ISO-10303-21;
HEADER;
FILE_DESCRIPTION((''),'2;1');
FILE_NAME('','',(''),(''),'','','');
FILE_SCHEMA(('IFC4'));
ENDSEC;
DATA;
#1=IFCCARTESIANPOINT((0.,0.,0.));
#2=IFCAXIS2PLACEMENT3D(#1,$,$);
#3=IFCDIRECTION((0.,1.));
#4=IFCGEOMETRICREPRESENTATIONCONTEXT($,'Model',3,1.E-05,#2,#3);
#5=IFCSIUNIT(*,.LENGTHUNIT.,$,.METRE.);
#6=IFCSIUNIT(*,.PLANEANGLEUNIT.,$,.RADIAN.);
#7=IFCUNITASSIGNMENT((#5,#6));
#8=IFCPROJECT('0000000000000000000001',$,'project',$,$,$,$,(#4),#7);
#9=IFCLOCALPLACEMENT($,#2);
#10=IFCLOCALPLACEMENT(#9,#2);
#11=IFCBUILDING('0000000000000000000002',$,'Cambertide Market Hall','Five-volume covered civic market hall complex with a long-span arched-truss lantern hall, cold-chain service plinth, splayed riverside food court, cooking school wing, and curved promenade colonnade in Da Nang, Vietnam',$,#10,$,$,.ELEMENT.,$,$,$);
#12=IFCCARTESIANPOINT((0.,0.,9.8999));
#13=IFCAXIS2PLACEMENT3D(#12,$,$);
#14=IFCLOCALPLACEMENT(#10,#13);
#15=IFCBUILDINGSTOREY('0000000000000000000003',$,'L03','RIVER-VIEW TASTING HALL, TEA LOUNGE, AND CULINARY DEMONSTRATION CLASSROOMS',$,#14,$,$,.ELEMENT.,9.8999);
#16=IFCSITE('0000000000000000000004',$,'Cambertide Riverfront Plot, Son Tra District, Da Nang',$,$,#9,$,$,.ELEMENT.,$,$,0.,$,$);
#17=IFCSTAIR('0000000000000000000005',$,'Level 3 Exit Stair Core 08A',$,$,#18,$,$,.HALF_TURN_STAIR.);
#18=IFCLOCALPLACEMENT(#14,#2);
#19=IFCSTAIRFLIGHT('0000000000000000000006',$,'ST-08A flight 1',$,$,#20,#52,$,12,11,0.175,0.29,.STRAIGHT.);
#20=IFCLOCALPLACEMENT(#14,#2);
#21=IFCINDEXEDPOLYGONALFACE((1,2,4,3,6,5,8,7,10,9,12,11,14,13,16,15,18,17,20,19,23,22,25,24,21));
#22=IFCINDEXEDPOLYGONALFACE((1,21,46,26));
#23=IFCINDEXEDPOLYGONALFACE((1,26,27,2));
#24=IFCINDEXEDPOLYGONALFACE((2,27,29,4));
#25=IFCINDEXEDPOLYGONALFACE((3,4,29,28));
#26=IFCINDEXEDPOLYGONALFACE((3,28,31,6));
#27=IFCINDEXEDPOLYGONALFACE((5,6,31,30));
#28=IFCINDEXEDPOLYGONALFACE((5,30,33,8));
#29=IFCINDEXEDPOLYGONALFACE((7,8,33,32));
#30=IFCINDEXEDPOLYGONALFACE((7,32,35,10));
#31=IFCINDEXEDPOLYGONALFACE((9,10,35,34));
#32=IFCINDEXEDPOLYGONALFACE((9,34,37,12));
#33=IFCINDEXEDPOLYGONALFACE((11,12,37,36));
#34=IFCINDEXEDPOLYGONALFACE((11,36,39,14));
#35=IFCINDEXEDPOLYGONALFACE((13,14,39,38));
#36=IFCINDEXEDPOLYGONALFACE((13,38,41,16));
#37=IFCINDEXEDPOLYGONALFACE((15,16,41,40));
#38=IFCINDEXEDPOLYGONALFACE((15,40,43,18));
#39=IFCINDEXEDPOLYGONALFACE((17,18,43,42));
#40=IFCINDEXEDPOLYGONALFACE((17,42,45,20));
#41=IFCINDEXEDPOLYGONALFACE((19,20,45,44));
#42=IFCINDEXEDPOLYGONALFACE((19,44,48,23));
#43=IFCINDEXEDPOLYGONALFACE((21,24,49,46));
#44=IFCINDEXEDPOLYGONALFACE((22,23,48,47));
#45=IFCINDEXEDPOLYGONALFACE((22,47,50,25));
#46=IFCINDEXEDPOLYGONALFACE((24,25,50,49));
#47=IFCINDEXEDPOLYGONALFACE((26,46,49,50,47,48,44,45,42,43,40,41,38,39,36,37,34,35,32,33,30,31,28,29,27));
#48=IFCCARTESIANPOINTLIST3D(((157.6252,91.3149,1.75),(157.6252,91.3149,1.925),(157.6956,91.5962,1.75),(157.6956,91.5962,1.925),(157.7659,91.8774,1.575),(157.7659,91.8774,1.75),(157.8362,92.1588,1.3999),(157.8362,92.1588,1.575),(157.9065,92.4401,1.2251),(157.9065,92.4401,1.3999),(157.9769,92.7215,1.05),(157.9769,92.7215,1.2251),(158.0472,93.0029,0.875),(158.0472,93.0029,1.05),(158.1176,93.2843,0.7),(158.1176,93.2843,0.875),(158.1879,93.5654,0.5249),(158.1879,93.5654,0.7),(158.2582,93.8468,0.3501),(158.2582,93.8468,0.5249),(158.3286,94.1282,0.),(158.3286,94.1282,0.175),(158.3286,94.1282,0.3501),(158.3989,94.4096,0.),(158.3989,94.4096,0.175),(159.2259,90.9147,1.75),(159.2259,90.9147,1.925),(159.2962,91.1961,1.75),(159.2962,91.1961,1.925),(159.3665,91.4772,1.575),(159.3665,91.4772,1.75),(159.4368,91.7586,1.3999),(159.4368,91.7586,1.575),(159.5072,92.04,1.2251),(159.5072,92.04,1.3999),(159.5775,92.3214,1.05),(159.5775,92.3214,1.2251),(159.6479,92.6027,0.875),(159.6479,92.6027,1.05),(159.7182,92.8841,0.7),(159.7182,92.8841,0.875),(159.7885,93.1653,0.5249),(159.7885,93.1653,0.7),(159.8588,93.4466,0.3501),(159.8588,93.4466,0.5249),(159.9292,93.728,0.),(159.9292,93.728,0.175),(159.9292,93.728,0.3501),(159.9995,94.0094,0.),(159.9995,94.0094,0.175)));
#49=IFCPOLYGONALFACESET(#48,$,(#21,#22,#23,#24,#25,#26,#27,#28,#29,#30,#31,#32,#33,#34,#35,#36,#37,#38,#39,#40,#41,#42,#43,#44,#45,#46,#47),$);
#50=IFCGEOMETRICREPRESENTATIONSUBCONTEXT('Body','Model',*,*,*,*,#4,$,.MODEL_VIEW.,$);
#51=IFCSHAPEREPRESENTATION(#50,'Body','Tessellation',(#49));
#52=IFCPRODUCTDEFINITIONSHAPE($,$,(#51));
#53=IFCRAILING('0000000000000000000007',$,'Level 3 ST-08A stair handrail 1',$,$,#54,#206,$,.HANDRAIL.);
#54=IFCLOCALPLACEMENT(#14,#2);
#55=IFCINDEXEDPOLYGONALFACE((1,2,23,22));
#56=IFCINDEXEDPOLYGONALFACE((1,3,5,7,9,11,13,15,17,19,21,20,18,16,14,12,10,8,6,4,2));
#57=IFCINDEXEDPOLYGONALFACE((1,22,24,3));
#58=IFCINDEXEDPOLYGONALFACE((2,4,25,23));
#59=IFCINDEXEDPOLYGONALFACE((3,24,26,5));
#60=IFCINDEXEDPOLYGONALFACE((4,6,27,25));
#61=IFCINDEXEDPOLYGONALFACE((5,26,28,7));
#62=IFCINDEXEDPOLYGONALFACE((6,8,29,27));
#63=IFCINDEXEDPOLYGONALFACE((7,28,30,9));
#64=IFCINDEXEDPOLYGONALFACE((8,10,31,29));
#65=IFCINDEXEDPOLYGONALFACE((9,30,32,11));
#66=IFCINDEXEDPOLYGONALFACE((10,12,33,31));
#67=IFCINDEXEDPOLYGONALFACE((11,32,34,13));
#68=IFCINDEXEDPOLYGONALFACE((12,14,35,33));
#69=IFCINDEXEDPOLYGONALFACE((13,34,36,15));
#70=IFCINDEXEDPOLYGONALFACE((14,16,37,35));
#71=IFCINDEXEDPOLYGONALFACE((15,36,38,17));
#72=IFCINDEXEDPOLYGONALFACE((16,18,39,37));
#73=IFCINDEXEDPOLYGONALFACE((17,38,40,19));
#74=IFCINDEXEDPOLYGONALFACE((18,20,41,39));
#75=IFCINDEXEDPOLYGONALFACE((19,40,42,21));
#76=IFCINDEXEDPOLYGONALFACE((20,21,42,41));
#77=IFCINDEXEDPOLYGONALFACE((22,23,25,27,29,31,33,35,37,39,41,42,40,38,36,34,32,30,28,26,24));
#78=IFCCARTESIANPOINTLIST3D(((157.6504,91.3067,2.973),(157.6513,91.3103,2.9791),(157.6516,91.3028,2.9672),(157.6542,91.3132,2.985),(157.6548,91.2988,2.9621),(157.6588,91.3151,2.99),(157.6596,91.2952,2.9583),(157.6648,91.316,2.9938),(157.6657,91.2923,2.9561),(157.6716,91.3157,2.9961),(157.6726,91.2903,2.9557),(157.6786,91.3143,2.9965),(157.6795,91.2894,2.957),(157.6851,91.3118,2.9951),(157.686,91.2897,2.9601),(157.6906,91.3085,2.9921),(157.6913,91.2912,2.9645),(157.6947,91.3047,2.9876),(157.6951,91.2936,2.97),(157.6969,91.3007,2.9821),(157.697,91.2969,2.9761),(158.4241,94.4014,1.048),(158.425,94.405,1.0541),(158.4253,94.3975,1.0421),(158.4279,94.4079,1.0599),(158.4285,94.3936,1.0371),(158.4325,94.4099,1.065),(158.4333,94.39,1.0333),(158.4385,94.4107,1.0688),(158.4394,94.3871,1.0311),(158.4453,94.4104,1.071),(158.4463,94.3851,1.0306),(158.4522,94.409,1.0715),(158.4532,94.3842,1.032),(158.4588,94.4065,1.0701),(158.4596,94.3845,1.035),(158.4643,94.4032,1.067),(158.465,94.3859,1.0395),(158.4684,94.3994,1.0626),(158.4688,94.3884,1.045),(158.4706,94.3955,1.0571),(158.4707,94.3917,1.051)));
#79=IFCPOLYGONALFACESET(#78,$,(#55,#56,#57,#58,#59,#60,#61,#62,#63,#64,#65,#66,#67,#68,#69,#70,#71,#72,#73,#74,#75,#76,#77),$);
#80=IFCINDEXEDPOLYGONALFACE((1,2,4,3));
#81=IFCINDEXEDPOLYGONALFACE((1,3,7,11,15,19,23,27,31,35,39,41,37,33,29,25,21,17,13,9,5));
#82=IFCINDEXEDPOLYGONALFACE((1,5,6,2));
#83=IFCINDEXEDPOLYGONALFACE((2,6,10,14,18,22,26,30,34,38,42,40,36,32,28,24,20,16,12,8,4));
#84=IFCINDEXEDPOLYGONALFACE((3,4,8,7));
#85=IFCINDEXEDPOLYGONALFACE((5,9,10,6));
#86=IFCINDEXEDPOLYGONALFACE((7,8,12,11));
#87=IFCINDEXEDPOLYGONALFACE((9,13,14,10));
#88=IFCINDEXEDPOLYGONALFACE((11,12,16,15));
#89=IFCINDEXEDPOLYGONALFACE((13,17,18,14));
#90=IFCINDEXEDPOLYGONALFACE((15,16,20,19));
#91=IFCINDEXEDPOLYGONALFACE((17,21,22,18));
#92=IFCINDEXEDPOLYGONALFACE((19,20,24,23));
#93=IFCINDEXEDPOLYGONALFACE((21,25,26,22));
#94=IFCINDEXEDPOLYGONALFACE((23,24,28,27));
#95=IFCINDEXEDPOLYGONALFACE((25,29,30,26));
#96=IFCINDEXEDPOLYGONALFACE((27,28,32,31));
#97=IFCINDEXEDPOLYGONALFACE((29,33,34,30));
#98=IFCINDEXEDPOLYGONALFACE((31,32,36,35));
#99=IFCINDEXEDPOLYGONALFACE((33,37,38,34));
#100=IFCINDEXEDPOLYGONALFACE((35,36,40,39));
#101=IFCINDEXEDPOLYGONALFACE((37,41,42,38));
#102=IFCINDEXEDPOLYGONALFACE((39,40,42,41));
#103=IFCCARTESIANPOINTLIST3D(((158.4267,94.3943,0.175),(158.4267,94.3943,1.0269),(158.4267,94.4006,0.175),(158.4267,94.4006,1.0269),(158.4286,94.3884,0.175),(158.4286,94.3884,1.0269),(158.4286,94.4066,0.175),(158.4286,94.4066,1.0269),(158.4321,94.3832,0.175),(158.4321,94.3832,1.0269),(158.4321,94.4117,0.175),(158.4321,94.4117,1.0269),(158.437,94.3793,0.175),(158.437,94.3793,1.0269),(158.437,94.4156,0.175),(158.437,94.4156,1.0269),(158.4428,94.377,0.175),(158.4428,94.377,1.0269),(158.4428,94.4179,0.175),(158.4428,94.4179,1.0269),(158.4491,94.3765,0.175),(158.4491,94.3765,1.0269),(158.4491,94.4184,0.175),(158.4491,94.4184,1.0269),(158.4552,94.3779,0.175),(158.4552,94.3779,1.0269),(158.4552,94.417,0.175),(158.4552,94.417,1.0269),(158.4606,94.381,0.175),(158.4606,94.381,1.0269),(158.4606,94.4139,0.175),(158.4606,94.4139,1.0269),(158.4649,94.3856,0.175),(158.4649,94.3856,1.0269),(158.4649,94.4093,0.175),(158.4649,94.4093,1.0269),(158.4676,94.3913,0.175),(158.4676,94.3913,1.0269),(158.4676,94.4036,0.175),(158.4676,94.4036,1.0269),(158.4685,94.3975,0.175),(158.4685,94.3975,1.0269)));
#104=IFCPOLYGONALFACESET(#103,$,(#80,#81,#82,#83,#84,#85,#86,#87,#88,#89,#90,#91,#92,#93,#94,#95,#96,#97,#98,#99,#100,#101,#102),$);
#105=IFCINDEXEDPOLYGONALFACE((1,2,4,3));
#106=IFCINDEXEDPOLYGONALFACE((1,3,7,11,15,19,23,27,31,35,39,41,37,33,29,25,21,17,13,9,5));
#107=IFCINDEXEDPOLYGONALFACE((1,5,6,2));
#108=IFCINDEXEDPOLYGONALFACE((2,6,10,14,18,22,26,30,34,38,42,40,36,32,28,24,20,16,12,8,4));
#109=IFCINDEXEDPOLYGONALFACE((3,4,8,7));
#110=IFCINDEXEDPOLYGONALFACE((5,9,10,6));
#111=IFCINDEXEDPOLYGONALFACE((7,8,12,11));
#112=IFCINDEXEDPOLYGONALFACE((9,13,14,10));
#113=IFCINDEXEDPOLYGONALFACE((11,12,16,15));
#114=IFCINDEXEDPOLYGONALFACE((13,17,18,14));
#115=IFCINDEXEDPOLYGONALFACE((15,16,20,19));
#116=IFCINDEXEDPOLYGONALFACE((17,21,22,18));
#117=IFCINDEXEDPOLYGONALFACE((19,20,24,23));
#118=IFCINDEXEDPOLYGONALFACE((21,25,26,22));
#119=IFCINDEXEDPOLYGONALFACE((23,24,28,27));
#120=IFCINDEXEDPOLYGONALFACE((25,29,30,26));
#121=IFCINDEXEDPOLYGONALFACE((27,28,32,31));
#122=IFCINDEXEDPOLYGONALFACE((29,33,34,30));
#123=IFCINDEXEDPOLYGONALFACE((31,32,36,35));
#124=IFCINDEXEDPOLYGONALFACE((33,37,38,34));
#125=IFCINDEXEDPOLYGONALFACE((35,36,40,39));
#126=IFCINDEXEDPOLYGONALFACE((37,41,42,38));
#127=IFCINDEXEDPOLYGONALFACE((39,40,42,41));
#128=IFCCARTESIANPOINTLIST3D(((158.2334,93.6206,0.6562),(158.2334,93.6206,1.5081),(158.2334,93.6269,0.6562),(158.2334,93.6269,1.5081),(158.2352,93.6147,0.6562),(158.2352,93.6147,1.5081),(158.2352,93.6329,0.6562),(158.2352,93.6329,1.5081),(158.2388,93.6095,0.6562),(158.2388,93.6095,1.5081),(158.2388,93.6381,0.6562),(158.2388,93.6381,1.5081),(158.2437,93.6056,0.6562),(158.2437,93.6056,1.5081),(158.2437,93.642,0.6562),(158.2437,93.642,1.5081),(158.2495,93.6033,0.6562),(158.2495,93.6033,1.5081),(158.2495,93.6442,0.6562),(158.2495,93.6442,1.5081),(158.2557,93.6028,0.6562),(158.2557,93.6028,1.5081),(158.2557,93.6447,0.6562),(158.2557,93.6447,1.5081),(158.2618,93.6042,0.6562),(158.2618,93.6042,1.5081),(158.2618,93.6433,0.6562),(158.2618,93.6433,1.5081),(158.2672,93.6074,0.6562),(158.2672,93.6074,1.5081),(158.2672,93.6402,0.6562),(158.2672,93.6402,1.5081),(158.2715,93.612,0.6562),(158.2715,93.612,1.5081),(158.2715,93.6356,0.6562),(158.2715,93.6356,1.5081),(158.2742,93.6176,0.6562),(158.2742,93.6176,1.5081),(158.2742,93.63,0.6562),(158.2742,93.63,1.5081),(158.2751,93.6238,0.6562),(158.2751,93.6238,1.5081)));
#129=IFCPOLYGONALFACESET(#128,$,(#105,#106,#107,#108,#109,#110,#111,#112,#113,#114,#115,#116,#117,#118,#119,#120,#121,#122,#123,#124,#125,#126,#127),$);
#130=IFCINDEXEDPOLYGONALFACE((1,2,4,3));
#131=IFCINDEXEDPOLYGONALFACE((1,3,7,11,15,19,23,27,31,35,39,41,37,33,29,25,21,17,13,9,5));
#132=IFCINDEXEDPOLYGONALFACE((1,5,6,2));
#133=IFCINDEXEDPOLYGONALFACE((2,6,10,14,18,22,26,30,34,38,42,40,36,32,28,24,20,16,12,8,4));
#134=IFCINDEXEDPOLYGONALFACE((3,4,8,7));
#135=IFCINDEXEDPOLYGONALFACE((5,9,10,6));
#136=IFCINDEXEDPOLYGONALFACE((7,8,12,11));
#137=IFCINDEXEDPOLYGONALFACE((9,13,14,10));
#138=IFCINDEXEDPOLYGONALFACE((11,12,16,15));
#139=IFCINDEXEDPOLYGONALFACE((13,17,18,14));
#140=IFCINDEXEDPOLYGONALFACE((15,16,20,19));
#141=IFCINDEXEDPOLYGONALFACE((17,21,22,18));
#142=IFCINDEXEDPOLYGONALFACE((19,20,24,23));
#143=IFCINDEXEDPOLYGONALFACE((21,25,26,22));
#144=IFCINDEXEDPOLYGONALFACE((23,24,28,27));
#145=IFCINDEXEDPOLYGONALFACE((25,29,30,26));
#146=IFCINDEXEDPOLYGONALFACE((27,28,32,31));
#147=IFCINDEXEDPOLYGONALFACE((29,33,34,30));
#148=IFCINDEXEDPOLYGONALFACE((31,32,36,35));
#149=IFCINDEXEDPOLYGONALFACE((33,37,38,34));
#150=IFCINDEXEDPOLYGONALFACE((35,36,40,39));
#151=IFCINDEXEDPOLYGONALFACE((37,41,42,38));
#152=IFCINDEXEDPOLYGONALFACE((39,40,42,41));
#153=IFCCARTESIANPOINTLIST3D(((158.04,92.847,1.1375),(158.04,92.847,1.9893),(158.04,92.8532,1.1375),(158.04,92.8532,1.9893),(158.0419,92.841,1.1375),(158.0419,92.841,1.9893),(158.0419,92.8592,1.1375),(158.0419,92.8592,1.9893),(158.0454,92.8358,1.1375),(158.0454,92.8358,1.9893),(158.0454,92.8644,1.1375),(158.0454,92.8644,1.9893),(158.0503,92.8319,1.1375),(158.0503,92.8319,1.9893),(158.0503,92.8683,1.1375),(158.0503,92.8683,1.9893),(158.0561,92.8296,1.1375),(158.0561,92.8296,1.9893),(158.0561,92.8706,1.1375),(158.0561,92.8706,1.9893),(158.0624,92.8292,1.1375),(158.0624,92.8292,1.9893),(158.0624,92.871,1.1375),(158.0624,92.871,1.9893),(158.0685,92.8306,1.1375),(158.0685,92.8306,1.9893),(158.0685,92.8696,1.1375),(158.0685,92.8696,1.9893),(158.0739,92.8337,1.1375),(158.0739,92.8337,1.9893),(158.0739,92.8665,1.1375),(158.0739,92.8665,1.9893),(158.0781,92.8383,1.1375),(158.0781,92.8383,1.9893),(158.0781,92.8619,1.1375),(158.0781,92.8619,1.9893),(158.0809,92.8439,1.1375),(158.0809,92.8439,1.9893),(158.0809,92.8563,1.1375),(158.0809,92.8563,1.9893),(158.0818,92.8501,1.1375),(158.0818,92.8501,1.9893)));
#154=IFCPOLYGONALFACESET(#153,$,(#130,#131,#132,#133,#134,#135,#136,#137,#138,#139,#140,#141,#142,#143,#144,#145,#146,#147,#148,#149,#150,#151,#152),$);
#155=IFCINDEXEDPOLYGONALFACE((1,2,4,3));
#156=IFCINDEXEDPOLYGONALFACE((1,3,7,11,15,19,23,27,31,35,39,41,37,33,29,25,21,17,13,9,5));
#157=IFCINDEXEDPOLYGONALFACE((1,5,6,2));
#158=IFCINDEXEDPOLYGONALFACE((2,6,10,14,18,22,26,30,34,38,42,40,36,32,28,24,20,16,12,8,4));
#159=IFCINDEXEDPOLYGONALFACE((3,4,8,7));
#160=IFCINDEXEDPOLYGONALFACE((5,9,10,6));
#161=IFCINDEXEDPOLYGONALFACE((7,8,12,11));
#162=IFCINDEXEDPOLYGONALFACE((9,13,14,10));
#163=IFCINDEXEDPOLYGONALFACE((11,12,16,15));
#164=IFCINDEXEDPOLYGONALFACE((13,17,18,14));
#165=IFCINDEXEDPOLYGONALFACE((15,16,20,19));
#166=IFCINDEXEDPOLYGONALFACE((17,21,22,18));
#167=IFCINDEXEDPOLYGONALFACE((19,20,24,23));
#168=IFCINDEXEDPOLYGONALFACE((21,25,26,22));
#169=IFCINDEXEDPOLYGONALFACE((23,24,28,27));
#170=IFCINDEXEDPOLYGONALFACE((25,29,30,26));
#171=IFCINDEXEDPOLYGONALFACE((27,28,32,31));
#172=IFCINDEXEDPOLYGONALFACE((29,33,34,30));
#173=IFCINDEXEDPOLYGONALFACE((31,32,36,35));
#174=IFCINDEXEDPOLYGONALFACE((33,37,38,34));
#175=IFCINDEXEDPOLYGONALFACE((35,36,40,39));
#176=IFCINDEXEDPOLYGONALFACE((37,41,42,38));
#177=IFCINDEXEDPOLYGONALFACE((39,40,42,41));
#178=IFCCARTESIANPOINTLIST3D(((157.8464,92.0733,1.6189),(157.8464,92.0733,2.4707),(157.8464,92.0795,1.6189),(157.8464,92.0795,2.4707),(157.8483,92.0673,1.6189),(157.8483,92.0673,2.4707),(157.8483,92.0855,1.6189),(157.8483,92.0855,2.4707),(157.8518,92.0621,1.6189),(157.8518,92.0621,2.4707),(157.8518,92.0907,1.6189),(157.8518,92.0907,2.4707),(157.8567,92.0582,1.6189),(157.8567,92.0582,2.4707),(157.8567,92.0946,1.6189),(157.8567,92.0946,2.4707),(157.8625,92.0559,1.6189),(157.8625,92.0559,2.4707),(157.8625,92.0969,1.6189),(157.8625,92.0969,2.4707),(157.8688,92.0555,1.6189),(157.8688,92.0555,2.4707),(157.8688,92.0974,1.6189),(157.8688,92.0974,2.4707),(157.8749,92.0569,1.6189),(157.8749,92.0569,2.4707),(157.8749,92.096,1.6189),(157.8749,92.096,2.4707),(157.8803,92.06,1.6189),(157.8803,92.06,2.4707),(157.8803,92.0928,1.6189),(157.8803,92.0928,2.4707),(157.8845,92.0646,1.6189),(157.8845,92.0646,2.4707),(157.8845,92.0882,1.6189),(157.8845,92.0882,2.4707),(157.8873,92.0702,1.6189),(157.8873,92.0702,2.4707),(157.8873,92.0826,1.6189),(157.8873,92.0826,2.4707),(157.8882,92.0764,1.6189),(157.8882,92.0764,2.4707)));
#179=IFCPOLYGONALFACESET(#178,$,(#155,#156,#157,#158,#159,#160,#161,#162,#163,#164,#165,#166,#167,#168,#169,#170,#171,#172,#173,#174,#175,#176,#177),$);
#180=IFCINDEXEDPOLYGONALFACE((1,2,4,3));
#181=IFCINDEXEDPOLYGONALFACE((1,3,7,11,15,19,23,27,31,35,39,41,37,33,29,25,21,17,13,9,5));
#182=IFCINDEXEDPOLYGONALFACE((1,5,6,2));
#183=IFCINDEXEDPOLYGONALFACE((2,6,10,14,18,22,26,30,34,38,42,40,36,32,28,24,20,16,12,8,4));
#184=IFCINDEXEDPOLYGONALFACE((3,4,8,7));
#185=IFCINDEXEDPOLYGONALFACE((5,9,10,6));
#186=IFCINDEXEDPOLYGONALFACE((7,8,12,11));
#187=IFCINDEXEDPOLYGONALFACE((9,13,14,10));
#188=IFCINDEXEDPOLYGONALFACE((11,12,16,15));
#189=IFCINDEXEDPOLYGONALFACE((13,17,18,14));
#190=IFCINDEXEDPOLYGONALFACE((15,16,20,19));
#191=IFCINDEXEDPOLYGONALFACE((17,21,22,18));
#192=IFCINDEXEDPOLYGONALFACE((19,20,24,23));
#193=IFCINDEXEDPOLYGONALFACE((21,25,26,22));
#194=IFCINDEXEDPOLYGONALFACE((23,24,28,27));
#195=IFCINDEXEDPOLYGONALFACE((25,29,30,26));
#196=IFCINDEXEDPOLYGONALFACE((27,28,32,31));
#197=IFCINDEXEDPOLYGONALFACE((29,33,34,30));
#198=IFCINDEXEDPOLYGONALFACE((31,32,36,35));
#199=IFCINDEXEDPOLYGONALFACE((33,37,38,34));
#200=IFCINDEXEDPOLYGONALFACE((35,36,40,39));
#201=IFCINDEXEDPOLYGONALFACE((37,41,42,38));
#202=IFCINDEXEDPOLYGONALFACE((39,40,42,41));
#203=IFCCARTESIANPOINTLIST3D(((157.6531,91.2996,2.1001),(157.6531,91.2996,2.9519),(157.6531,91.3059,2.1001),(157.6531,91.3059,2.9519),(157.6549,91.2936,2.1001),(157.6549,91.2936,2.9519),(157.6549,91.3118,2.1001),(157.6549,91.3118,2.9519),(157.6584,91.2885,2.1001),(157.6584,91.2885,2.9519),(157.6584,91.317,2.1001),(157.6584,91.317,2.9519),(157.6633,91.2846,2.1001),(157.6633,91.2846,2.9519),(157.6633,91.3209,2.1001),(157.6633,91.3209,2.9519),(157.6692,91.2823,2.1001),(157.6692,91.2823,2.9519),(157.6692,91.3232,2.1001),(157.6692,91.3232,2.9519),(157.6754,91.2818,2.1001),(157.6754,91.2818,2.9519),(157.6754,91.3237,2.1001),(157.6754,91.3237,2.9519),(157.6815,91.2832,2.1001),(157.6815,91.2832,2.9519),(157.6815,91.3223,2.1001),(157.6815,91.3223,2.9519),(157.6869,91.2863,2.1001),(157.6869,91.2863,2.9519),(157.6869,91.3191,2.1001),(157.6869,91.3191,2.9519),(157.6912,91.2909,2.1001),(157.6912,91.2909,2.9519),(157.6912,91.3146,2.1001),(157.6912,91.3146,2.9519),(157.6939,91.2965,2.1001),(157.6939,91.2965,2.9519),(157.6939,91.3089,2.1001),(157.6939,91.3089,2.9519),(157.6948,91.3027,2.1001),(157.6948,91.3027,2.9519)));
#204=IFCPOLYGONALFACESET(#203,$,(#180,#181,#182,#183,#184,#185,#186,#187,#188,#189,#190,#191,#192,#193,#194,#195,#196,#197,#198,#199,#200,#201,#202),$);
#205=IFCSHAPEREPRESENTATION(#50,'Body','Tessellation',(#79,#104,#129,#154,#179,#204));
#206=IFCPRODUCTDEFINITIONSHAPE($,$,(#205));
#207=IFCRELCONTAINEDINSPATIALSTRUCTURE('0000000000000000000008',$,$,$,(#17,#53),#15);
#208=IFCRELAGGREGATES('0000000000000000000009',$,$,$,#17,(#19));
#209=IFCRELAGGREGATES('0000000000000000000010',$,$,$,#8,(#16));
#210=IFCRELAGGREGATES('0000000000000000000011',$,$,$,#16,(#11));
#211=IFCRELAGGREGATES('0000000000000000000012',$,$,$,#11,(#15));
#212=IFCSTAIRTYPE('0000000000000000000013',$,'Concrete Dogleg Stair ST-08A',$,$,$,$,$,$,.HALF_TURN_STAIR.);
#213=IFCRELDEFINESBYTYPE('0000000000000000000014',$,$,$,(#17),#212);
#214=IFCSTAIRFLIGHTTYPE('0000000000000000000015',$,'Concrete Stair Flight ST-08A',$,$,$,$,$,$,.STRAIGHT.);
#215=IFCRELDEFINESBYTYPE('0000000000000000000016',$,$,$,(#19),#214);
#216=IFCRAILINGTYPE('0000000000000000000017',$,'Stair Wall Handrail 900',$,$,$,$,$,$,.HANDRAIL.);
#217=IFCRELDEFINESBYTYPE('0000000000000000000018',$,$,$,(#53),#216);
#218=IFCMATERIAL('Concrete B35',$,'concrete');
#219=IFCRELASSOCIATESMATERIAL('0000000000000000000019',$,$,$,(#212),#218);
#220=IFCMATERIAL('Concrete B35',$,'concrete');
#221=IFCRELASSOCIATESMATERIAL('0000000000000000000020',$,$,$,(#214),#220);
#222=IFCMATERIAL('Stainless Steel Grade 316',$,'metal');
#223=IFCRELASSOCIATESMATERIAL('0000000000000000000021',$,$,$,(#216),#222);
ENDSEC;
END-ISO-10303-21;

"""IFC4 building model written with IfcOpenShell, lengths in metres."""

from ifc_helpers import new_model, si_unit, direction, frame, origin, origin_2d, place, context, subcontext, project, spatial, polyline, circle, outline, extrude, material, type_object, element, aggregate, save


model = new_model("IFC4")

# Units and contexts
model_context = context("Model", 3, precision=1e-05, world=origin(), true_north=direction((0.0, 1.0)))
body_context = subcontext(model_context, "Body", "Model", "MODEL_VIEW")
ifc_project = project(units=[si_unit("LENGTHUNIT", "METRE"), si_unit("PLANEANGLEUNIT", "RADIAN")], contexts=[model_context])

# Site, building, storey
site_placement = place(None, origin())
site = spatial("IfcSite", under=ifc_project, at=site_placement, Name="Cambertide Riverfront Plot, Son Tra District, Da Nang", CompositionType="ELEMENT", RefElevation=0.0)
building_placement = place(site_placement, origin())
building = spatial("IfcBuilding", under=site, at=building_placement, Name="Cambertide Market Hall", Description="Five-volume covered civic market hall complex with a long-span arched-truss lantern hall, cold-chain service plinth, splayed riverside food court, cooking school wing, and curved promenade colonnade in Da Nang, Vietnam", CompositionType="ELEMENT")
storey_placement = place(building_placement, frame((0.0, 0.0, 9.8999)))
storey = spatial("IfcBuildingStorey", under=building, at=storey_placement, Name="L03", Description="RIVER-VIEW TASTING HALL, TEA LOUNGE, AND CULINARY DEMONSTRATION CLASSROOMS", CompositionType="ELEMENT", Elevation=9.8999)

# Stair, stair flight
ifc_material_1 = material(Name="Concrete B35", Category="concrete")
stair_type = type_object("IfcStairType", Name="Concrete Dogleg Stair ST-08A", PredefinedType="HALF_TURN_STAIR", material=ifc_material_1)
stair_placement = place(storey_placement, origin())
stair = element("IfcStair", 1, at=stair_placement, inside=storey, type_object=stair_type, Name="Level 3 Exit Stair Core 08A", PredefinedType="HALF_TURN_STAIR")
ifc_material_2 = material(Name="Concrete B35", Category="concrete")
stair_flight_type = type_object("IfcStairFlightType", Name="Concrete Stair Flight ST-08A", PredefinedType="STRAIGHT", material=ifc_material_2)
stair_flight_placement = place(storey_placement, frame((159.1992, 94.2095, 0.0), z_axis=(0.0, 0.0, 1.0), x_axis=(-0.242536, -0.970143, 0.0)))
stair_flight = element("IfcStairFlight", 2, at=stair_flight_placement, type_object=stair_flight_type, Name="ST-08A flight 1", NumberOfRisers=12, NumberOfTreads=11, PredefinedType="STRAIGHT", RiserHeight=0.175, TreadLength=0.29, context=body_context, shape_type="SweptSolid", body=[
    extrude(outline(polyline([(0.0, 0.0), (0.0, 0.175), (0.29, 0.175), (0.29, 0.3501), (0.5801, 0.3501), (0.5801, 0.5249), (0.8701, 0.5249), (0.8701, 0.7), (1.1599, 0.7), (1.1599, 0.875), (1.45, 0.875), (1.45, 1.05), (1.74, 1.05), (1.74, 1.2251), (2.03, 1.2251), (2.03, 1.3999), (2.3201, 1.3999), (2.3201, 1.575), (2.6101, 1.575), (2.6101, 1.75), (2.8999, 1.75), (2.8999, 1.925), (3.1899, 1.925), (3.1899, 2.1001), (3.1899, 1.75), (0.29, 0.0), (0.0, 0.0)])), frame((0.0, 0.825, 0.0), z_axis=(0.0, -1.0, 0.0), x_axis=(1.0, 0.0, 0.0)), (0.0, 0.0, 1.0), 1.6499),
])
aggregate(stair, [stair_flight])

# Railing
ifc_material_3 = material(Name="Stainless Steel Grade 316", Category="metal")
railing_type_1 = type_object("IfcRailingType", Name="Stair Wall Handrail 900", PredefinedType="HANDRAIL", material=ifc_material_3)
railing_1_placement = place(storey_placement, frame((158.4475, 94.3975, 0.175)))
element("IfcRailing", 3, at=railing_1_placement, inside=storey, type_object=railing_type_1, Name="Level 3 ST-08A stair handrail 1", PredefinedType="HANDRAIL", context=body_context, shape_type="SweptSolid", body=[
    extrude(circle(Radius=0.0239, at=origin_2d()), frame((0.0, 0.0, 0.876), z_axis=(-0.207654, -0.830616, 0.516678), x_axis=(0.970143, -0.242536, 0.0)), (0.0, 0.0, 1.0), 3.7258),
    extrude(circle(Radius=0.021, at=origin_2d()), origin(), (0.0, 0.0, 1.0), 0.8518),
    extrude(circle(Radius=0.021, at=origin_2d()), frame((-0.1934, -0.7737, 0.4812)), (0.0, 0.0, 1.0), 0.8518),
    extrude(circle(Radius=0.021, at=origin_2d()), frame((-0.3867, -1.5474, 0.9624)), (0.0, 0.0, 1.0), 0.8518),
    extrude(circle(Radius=0.021, at=origin_2d()), frame((-0.5803, -2.321, 1.4438)), (0.0, 0.0, 1.0), 0.8518),
    extrude(circle(Radius=0.021, at=origin_2d()), frame((-0.7737, -3.0947, 1.925)), (0.0, 0.0, 1.0), 0.8518),
])

save(model, "model.ifc")
